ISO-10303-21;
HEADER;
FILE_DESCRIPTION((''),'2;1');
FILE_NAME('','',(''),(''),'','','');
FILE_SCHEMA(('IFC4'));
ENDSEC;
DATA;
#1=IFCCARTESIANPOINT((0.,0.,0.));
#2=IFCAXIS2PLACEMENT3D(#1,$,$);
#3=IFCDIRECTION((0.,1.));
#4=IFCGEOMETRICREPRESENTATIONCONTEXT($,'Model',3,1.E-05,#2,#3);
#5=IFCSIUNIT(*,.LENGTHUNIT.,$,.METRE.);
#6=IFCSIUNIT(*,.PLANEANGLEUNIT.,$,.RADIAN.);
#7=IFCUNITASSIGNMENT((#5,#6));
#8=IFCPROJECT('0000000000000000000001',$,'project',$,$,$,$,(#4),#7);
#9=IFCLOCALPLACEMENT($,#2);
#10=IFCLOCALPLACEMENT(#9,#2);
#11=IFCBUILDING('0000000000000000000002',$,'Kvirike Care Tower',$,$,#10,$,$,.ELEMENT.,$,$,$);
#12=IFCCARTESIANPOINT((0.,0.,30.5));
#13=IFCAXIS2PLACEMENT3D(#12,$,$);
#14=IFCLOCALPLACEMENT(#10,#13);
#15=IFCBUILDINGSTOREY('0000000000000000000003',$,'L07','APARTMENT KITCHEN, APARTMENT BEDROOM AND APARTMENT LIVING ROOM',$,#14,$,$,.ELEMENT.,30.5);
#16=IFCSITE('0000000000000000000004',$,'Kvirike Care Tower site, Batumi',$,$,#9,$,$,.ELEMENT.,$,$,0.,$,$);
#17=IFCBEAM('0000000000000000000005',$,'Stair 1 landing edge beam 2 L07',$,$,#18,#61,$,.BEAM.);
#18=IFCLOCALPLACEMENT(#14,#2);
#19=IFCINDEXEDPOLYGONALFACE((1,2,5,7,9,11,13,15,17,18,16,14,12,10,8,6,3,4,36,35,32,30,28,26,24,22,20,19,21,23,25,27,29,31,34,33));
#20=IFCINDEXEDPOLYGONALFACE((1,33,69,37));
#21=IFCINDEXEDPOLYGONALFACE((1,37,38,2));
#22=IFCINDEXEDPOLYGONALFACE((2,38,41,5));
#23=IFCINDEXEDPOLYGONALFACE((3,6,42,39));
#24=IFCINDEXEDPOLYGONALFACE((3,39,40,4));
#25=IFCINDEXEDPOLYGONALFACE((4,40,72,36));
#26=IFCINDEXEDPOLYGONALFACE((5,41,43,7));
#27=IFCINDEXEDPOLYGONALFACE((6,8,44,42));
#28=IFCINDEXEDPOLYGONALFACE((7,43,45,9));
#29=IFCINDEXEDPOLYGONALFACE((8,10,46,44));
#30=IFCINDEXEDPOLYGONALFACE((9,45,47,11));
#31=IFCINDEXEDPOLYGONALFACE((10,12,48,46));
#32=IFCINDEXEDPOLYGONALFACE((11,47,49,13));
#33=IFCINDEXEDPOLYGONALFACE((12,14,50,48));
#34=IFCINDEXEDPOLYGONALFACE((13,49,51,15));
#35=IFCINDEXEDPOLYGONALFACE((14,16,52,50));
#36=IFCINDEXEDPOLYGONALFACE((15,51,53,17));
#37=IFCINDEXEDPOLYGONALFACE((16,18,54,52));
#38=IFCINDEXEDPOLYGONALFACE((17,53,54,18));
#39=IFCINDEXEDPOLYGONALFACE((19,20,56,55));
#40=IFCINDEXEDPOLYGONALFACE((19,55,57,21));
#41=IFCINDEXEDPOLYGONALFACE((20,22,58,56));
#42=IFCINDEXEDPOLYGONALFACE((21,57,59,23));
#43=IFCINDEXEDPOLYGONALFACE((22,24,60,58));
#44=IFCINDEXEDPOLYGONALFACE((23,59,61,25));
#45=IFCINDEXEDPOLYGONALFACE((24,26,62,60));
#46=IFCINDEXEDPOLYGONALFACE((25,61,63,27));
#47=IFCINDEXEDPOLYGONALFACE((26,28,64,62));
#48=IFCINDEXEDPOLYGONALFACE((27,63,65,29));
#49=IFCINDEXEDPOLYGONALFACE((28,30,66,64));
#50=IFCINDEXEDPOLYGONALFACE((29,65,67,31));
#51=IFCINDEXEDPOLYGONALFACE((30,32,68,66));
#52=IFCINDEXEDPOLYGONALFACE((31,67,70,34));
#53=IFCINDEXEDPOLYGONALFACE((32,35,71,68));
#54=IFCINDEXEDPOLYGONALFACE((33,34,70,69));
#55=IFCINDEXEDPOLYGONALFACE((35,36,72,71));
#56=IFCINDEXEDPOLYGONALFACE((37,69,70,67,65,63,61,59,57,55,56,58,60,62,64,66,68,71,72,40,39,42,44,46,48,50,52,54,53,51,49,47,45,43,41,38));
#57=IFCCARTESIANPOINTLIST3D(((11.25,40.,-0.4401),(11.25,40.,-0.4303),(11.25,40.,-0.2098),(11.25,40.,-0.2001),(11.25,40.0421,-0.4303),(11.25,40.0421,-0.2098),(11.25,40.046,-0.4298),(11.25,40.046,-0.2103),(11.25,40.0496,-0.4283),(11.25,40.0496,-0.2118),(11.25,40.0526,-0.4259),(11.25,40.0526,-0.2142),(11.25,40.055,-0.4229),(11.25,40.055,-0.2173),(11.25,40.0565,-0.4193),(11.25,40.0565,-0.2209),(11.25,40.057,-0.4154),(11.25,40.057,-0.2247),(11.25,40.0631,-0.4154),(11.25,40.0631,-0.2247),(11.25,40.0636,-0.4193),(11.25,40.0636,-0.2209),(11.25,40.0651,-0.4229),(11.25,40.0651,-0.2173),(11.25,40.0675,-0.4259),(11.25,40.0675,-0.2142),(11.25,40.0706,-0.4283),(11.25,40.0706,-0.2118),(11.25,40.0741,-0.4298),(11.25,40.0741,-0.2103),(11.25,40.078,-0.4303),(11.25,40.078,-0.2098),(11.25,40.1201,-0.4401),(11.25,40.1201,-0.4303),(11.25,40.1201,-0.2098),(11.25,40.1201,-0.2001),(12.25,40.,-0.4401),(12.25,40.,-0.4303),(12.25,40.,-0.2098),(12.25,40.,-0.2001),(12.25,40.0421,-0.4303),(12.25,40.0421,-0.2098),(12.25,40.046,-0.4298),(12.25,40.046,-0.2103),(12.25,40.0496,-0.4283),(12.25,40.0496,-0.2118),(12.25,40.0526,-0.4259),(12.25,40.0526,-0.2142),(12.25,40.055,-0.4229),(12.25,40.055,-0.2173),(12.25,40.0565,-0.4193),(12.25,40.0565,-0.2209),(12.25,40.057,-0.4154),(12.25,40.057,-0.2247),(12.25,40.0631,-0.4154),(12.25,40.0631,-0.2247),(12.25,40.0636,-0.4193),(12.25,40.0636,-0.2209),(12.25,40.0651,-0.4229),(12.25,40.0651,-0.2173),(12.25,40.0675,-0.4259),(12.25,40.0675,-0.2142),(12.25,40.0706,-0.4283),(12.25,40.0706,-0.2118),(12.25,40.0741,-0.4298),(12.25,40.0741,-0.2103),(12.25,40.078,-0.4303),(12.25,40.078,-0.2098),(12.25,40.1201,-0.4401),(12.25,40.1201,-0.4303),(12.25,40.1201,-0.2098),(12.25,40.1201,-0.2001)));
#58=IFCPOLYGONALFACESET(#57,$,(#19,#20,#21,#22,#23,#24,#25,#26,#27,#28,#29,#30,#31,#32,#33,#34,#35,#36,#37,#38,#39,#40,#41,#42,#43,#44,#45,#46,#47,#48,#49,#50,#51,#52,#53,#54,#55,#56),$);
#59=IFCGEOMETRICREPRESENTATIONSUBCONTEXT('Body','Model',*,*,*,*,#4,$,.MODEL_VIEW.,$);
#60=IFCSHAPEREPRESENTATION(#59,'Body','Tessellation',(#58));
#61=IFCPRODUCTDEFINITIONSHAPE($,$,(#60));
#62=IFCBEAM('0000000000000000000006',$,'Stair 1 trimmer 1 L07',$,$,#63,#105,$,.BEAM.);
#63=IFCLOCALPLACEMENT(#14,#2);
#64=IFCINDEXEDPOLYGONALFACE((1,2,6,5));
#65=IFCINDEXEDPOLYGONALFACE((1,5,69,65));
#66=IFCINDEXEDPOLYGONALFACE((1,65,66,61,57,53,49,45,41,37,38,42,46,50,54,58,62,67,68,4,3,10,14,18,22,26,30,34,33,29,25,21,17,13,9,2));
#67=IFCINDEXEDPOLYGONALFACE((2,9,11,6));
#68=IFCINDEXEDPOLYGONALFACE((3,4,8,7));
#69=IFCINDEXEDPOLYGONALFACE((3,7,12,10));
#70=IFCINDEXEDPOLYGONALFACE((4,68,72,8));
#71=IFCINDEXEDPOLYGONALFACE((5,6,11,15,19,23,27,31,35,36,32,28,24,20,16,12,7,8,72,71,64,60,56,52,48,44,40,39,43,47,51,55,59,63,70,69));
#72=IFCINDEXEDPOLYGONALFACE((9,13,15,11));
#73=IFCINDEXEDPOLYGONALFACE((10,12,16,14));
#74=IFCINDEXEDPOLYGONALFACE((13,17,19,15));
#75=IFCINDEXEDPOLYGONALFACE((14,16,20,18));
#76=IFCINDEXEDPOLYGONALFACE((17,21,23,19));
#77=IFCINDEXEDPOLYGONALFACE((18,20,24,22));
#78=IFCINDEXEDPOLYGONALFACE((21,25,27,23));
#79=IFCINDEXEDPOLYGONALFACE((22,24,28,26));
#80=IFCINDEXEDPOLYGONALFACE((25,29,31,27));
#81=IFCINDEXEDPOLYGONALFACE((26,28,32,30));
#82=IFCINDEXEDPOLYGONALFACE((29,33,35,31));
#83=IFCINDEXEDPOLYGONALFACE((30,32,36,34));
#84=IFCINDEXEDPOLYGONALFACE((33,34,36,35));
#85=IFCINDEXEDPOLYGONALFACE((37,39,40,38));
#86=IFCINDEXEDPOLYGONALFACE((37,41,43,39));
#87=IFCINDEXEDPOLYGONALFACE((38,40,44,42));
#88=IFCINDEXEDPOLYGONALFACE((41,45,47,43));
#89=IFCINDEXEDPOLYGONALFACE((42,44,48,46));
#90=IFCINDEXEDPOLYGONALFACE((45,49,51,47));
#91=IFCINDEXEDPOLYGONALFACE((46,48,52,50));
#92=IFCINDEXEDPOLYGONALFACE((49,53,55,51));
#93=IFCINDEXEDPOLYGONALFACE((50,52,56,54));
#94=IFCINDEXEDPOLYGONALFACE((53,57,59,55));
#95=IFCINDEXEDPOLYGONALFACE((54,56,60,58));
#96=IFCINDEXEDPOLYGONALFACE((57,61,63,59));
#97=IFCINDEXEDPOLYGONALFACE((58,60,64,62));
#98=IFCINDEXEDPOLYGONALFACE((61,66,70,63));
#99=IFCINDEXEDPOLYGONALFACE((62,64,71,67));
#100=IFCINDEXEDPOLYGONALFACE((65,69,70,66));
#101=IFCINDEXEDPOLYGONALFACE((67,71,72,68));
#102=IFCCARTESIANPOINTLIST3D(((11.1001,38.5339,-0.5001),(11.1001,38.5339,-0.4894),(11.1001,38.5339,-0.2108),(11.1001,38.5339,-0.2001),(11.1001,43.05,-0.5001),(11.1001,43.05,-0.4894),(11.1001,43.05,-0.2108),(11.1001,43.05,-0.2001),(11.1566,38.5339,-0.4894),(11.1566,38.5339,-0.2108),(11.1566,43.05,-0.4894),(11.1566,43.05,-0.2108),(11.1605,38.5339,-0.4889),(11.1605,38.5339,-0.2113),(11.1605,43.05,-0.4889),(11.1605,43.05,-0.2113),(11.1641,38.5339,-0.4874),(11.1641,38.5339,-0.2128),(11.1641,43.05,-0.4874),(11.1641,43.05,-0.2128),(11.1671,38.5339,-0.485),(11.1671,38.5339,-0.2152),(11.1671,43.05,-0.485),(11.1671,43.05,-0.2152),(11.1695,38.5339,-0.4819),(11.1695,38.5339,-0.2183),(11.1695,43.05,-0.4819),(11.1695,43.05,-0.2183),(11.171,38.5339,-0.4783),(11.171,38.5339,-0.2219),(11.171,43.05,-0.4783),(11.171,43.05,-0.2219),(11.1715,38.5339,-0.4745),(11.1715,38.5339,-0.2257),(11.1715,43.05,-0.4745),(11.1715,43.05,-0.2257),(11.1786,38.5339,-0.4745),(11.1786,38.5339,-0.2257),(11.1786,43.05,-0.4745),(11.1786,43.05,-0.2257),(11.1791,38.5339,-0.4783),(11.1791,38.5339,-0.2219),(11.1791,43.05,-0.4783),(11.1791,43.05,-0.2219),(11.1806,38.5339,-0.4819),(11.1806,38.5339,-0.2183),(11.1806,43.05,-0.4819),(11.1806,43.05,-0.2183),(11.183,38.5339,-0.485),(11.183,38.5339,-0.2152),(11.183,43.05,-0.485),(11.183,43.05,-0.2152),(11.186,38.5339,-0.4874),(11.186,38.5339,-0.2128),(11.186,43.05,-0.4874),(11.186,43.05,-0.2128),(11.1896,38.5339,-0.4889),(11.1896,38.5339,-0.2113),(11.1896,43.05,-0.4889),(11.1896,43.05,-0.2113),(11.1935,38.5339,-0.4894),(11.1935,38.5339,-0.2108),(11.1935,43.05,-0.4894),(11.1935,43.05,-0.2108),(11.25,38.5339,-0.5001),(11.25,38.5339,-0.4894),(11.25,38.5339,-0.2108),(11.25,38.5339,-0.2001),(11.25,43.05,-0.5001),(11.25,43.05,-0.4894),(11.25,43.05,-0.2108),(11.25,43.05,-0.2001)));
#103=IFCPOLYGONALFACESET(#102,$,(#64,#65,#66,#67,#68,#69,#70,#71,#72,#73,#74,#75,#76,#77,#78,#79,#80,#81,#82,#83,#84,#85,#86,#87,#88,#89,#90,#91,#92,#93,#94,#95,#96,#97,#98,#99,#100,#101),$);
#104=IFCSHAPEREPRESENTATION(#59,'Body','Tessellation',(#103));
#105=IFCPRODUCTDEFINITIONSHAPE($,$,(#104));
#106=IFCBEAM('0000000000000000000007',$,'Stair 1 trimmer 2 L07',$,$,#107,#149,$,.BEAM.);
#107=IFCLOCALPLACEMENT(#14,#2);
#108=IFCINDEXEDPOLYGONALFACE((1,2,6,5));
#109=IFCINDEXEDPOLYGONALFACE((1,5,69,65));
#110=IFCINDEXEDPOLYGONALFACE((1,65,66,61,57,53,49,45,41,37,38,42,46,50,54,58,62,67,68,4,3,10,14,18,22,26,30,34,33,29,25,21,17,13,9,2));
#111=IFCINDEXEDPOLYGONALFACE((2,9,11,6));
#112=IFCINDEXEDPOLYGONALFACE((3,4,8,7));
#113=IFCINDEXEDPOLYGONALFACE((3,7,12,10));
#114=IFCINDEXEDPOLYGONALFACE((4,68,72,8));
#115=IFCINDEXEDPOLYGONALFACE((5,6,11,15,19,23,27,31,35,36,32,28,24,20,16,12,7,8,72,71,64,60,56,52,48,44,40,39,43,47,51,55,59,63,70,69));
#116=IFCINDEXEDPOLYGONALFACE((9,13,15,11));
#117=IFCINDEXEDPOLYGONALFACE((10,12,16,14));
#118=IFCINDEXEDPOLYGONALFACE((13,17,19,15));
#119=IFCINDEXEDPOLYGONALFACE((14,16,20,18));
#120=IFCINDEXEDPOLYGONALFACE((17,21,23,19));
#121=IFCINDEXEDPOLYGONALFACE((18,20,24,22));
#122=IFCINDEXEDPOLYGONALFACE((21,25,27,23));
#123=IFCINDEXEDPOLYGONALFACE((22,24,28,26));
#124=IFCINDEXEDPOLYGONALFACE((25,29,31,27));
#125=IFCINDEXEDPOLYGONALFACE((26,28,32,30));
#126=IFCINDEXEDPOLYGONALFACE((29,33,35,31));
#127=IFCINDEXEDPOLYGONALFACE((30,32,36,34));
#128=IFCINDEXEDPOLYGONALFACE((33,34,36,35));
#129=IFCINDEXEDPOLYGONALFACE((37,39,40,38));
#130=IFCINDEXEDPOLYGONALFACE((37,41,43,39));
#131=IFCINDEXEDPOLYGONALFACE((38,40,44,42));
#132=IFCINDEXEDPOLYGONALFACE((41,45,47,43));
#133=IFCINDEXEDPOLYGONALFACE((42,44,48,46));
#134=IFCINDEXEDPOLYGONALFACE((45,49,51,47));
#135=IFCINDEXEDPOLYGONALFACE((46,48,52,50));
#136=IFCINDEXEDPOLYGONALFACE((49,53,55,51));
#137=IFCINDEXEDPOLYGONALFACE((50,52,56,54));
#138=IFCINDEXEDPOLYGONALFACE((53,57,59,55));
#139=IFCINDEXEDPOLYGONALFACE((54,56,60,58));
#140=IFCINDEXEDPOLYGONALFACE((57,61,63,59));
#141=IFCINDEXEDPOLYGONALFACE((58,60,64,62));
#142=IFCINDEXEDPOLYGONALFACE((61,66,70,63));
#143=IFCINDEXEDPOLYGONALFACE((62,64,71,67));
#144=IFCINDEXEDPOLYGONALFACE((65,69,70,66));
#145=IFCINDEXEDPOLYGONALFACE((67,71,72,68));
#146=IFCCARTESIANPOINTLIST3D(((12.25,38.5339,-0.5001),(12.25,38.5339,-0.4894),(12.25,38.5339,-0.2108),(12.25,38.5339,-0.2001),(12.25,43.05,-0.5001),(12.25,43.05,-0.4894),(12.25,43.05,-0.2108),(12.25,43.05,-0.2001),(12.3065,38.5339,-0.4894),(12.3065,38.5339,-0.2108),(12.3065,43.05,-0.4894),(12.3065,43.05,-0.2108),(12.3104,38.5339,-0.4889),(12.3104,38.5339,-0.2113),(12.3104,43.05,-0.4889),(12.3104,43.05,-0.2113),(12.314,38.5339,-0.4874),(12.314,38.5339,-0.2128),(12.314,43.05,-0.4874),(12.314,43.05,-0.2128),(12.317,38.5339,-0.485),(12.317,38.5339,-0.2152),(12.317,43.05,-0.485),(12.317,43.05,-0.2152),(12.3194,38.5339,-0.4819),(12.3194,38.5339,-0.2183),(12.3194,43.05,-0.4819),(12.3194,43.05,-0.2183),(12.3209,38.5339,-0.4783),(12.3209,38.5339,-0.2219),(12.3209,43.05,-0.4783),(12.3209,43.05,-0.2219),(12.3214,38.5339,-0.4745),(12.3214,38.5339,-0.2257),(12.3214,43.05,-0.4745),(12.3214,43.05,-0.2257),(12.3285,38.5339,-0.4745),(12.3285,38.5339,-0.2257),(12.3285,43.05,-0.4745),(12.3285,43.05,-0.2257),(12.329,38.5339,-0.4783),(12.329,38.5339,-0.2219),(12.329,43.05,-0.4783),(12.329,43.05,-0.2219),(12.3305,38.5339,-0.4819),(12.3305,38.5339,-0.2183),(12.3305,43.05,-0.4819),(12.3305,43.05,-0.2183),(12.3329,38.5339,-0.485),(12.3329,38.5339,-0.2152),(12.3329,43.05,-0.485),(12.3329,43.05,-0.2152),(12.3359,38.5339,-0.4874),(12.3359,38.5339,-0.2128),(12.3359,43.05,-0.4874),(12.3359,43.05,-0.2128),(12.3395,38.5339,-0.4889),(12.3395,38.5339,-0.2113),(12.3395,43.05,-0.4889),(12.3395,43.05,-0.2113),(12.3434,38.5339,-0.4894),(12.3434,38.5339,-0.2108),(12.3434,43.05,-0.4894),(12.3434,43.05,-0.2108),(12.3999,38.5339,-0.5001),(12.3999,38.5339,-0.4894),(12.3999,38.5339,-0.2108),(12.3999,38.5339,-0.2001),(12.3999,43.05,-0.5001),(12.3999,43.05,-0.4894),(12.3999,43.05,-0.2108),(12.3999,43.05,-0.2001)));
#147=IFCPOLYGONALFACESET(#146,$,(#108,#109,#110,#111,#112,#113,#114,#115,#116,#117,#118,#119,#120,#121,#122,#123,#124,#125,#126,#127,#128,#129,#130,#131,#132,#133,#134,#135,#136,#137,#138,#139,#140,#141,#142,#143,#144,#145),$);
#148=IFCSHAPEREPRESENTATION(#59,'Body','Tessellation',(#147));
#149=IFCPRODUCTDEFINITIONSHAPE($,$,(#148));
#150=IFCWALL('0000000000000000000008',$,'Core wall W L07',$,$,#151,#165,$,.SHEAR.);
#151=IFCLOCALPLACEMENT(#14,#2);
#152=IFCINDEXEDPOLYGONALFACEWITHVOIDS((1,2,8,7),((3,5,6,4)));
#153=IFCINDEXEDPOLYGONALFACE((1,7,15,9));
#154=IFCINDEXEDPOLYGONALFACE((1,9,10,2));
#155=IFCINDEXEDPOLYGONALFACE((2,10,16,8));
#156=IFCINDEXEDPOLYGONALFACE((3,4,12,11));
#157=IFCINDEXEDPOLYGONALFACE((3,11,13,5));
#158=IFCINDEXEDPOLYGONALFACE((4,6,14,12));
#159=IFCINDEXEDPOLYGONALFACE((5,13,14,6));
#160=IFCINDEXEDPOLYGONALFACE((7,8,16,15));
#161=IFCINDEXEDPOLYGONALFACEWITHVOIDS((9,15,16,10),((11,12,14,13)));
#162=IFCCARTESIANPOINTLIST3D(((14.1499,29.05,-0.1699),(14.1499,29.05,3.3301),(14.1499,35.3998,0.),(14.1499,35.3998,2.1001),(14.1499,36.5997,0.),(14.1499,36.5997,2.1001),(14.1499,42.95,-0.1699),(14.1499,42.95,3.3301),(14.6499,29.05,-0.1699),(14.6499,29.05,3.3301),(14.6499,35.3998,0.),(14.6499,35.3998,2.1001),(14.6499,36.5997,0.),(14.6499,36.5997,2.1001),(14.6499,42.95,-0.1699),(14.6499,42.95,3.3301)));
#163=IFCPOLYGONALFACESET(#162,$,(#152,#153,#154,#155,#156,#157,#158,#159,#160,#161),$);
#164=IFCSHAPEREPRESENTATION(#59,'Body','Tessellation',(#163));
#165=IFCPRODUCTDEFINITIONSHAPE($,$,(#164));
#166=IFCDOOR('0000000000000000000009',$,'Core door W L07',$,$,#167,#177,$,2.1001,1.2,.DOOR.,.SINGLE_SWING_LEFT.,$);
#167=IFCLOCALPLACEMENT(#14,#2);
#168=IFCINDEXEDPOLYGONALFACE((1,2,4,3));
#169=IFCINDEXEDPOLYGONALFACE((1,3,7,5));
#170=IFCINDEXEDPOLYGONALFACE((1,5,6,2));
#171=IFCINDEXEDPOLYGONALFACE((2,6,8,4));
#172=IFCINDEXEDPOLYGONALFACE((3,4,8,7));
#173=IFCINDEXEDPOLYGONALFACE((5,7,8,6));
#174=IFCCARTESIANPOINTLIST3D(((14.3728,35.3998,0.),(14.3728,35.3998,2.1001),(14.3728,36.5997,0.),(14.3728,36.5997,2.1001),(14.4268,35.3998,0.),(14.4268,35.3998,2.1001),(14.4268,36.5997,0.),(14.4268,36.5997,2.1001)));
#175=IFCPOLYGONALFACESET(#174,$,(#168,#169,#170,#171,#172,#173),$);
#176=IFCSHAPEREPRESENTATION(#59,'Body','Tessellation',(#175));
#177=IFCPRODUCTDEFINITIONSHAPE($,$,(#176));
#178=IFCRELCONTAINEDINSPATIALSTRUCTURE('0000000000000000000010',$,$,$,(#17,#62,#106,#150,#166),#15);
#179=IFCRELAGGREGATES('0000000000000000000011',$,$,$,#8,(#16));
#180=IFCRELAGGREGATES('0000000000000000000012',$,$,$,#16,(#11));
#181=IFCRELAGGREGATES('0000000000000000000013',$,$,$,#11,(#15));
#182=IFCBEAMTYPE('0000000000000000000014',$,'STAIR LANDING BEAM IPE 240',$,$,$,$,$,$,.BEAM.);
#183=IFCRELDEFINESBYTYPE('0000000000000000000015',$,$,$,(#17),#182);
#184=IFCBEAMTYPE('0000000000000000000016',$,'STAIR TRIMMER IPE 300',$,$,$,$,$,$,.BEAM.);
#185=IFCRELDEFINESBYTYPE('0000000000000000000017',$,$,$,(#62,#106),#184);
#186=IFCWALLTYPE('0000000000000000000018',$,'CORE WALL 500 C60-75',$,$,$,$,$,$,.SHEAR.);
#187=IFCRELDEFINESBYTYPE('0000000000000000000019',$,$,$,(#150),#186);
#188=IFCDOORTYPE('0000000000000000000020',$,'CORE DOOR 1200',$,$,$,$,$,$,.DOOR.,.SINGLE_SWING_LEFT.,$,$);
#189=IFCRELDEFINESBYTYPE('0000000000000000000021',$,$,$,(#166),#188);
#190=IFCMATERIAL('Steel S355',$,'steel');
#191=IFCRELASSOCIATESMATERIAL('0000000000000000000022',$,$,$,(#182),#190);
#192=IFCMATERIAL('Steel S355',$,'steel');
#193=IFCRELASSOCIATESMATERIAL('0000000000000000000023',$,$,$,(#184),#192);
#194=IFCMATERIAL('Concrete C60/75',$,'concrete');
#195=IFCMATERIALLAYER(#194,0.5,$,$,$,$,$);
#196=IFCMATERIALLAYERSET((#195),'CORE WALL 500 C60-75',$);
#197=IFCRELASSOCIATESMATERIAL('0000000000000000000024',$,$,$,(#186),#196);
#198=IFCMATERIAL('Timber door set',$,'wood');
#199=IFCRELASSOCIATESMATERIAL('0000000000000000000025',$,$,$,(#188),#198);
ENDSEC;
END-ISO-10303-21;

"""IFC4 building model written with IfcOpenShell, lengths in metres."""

from ifc_helpers import new_model, si_unit, direction, frame, frame_2d, origin, origin_2d, place, context, subcontext, project, spatial, rectangle, i_section, extrude, material, layer, layer_set, material_profile, profile_set, type_object, element, fill, save


model = new_model("IFC4")

# Units and contexts
model_context = context("Model", 3, precision=1e-05, world=origin(), true_north=direction((0.0, 1.0)))
body_context = subcontext(model_context, "Body", "Model", "MODEL_VIEW")
ifc_project = project(units=[si_unit("LENGTHUNIT", "METRE"), si_unit("PLANEANGLEUNIT", "RADIAN")], contexts=[model_context])

# Site, building, storey
site_placement = place(None, origin())
site = spatial("IfcSite", under=ifc_project, at=site_placement, Name="Kvirike Care Tower site, Batumi", CompositionType="ELEMENT", RefElevation=0.0)
building_placement = place(site_placement, origin())
building = spatial("IfcBuilding", under=site, at=building_placement, Name="Kvirike Care Tower", CompositionType="ELEMENT")
storey_placement = place(building_placement, frame((0.0, 0.0, 30.5)))
storey = spatial("IfcBuildingStorey", under=building, at=storey_placement, Name="L07", Description="APARTMENT KITCHEN, APARTMENT BEDROOM AND APARTMENT LIVING ROOM", CompositionType="ELEMENT", Elevation=30.5)

# Beams
ifc_material_1 = material(Name="Steel S355", Category="steel")
ifc_material_profile_1 = material_profile(ifc_material_1, i_section(OverallWidth=0.1201, OverallDepth=0.24, WebThickness=0.0061, FlangeThickness=0.0098, FilletRadius=0.0149, at=origin_2d()), Name="IPE 240")
ifc_profile_set_1 = profile_set([ifc_material_profile_1], Name="Steel S355")
beam_type_1 = type_object("IfcBeamType", Name="STAIR LANDING BEAM IPE 240", PredefinedType="BEAM", material=ifc_profile_set_1)
for number, where, z_axis, x_axis, name in (
    (1, (11.25, 40.0601, -0.3201), (1.0, 0.0, 0.0), (0.0, 1.0, 0.0), "Stair 1 landing edge beam 2 L07"),
):
    element("IfcBeam", number, at=place(storey_placement, frame(where, z_axis=z_axis, x_axis=x_axis)), inside=storey, type_object=beam_type_1, Name=name, PredefinedType="BEAM", context=body_context, shape_type="SweptSolid", body=[
        extrude(i_section(OverallWidth=0.1201, OverallDepth=0.24, WebThickness=0.0061, FlangeThickness=0.0098, FilletRadius=0.0149, at=origin_2d()), origin(), (0.0, 0.0, 1.0), 1.0),
    ])
ifc_material_2 = material(Name="Steel S355", Category="steel")
ifc_material_profile_2 = material_profile(ifc_material_2, i_section(OverallWidth=0.1499, OverallDepth=0.3, WebThickness=0.0071, FlangeThickness=0.0107, FilletRadius=0.0149, at=origin_2d()), Name="IPE 300")
ifc_profile_set_2 = profile_set([ifc_material_profile_2], Name="Steel S355")
beam_type_2 = type_object("IfcBeamType", Name="STAIR TRIMMER IPE 300", PredefinedType="BEAM", material=ifc_profile_set_2)
for number, where, z_axis, x_axis, name in (
    (2, (11.175, 43.05, -0.3501), (0.0, -1.0, 0.0), (1.0, 0.0, 0.0), "Stair 1 trimmer 1 L07"),
    (3, (12.325, 43.05, -0.3501), (0.0, -1.0, 0.0), (1.0, 0.0, 0.0), "Stair 1 trimmer 2 L07"),
):
    element("IfcBeam", number, at=place(storey_placement, frame(where, z_axis=z_axis, x_axis=x_axis)), inside=storey, type_object=beam_type_2, Name=name, PredefinedType="BEAM", context=body_context, shape_type="SweptSolid", body=[
        extrude(i_section(OverallWidth=0.1499, OverallDepth=0.3, WebThickness=0.0071, FlangeThickness=0.0107, FilletRadius=0.0149, at=origin_2d()), origin(), (0.0, 0.0, 1.0), 4.5161),
    ])

# Wall, opening, door
ifc_material_3 = material(Name="Concrete C60/75", Category="concrete")
ifc_layer_1 = layer(ifc_material_3, 0.5)
ifc_layer_set_1 = layer_set([ifc_layer_1], Name="CORE WALL 500 C60-75")
wall_type_1 = type_object("IfcWallType", Name="CORE WALL 500 C60-75", PredefinedType="SHEAR", material=ifc_layer_set_1)
wall_1_placement = place(storey_placement, frame((14.3999, 42.95, -0.1699), z_axis=(0.0, 0.0, 1.0), x_axis=(0.0, -1.0, 0.0)))
wall_1 = element("IfcWall", 4, at=wall_1_placement, inside=storey, type_object=wall_type_1, Name="Core wall W L07", PredefinedType="SHEAR", context=body_context, shape_type="SweptSolid", body=[
    extrude(rectangle(XDim=13.8999, YDim=0.5, at=frame_2d((6.95, 0.0))), origin(), (0.0, 0.0, 1.0), 3.5),
])
opening_1_placement = place(wall_1_placement, frame((6.3501, 0.0, 0.1699)))
opening_1 = element("IfcOpeningElement", 5, at=opening_1_placement, cuts=wall_1, PredefinedType="OPENING", context=body_context, shape_type="SweptSolid", body=[
    extrude(rectangle(XDim=1.2, YDim=2.1001, at=frame_2d((0.6001, 1.05))), frame((0.0, 0.2605, 0.0), z_axis=(0.0, -1.0, 0.0), x_axis=(1.0, 0.0, 0.0)), (0.0, 0.0, 1.0), 0.521),
])
ifc_material_4 = material(Name="Timber door set", Category="wood")
door_type_1 = type_object("IfcDoorType", Name="CORE DOOR 1200", OperationType="SINGLE_SWING_LEFT", PredefinedType="DOOR", material=ifc_material_4)
door_1_placement = place(opening_1_placement, origin())
door_1 = element("IfcDoor", 6, at=door_1_placement, inside=storey, type_object=door_type_1, Name="Core door W L07", OperationType="SINGLE_SWING_LEFT", OverallHeight=2.1001, OverallWidth=1.2, PredefinedType="DOOR", context=body_context, shape_type="SweptSolid", body=[
    extrude(rectangle(XDim=1.2, YDim=2.1001, at=frame_2d((0.6001, 1.05))), frame((0.0, 0.0269, 0.0), z_axis=(0.0, -1.0, 0.0), x_axis=(1.0, 0.0, 0.0)), (0.0, 0.0, 1.0), 0.054),
])
fill(opening_1, door_1)

save(model, "model.ifc")
